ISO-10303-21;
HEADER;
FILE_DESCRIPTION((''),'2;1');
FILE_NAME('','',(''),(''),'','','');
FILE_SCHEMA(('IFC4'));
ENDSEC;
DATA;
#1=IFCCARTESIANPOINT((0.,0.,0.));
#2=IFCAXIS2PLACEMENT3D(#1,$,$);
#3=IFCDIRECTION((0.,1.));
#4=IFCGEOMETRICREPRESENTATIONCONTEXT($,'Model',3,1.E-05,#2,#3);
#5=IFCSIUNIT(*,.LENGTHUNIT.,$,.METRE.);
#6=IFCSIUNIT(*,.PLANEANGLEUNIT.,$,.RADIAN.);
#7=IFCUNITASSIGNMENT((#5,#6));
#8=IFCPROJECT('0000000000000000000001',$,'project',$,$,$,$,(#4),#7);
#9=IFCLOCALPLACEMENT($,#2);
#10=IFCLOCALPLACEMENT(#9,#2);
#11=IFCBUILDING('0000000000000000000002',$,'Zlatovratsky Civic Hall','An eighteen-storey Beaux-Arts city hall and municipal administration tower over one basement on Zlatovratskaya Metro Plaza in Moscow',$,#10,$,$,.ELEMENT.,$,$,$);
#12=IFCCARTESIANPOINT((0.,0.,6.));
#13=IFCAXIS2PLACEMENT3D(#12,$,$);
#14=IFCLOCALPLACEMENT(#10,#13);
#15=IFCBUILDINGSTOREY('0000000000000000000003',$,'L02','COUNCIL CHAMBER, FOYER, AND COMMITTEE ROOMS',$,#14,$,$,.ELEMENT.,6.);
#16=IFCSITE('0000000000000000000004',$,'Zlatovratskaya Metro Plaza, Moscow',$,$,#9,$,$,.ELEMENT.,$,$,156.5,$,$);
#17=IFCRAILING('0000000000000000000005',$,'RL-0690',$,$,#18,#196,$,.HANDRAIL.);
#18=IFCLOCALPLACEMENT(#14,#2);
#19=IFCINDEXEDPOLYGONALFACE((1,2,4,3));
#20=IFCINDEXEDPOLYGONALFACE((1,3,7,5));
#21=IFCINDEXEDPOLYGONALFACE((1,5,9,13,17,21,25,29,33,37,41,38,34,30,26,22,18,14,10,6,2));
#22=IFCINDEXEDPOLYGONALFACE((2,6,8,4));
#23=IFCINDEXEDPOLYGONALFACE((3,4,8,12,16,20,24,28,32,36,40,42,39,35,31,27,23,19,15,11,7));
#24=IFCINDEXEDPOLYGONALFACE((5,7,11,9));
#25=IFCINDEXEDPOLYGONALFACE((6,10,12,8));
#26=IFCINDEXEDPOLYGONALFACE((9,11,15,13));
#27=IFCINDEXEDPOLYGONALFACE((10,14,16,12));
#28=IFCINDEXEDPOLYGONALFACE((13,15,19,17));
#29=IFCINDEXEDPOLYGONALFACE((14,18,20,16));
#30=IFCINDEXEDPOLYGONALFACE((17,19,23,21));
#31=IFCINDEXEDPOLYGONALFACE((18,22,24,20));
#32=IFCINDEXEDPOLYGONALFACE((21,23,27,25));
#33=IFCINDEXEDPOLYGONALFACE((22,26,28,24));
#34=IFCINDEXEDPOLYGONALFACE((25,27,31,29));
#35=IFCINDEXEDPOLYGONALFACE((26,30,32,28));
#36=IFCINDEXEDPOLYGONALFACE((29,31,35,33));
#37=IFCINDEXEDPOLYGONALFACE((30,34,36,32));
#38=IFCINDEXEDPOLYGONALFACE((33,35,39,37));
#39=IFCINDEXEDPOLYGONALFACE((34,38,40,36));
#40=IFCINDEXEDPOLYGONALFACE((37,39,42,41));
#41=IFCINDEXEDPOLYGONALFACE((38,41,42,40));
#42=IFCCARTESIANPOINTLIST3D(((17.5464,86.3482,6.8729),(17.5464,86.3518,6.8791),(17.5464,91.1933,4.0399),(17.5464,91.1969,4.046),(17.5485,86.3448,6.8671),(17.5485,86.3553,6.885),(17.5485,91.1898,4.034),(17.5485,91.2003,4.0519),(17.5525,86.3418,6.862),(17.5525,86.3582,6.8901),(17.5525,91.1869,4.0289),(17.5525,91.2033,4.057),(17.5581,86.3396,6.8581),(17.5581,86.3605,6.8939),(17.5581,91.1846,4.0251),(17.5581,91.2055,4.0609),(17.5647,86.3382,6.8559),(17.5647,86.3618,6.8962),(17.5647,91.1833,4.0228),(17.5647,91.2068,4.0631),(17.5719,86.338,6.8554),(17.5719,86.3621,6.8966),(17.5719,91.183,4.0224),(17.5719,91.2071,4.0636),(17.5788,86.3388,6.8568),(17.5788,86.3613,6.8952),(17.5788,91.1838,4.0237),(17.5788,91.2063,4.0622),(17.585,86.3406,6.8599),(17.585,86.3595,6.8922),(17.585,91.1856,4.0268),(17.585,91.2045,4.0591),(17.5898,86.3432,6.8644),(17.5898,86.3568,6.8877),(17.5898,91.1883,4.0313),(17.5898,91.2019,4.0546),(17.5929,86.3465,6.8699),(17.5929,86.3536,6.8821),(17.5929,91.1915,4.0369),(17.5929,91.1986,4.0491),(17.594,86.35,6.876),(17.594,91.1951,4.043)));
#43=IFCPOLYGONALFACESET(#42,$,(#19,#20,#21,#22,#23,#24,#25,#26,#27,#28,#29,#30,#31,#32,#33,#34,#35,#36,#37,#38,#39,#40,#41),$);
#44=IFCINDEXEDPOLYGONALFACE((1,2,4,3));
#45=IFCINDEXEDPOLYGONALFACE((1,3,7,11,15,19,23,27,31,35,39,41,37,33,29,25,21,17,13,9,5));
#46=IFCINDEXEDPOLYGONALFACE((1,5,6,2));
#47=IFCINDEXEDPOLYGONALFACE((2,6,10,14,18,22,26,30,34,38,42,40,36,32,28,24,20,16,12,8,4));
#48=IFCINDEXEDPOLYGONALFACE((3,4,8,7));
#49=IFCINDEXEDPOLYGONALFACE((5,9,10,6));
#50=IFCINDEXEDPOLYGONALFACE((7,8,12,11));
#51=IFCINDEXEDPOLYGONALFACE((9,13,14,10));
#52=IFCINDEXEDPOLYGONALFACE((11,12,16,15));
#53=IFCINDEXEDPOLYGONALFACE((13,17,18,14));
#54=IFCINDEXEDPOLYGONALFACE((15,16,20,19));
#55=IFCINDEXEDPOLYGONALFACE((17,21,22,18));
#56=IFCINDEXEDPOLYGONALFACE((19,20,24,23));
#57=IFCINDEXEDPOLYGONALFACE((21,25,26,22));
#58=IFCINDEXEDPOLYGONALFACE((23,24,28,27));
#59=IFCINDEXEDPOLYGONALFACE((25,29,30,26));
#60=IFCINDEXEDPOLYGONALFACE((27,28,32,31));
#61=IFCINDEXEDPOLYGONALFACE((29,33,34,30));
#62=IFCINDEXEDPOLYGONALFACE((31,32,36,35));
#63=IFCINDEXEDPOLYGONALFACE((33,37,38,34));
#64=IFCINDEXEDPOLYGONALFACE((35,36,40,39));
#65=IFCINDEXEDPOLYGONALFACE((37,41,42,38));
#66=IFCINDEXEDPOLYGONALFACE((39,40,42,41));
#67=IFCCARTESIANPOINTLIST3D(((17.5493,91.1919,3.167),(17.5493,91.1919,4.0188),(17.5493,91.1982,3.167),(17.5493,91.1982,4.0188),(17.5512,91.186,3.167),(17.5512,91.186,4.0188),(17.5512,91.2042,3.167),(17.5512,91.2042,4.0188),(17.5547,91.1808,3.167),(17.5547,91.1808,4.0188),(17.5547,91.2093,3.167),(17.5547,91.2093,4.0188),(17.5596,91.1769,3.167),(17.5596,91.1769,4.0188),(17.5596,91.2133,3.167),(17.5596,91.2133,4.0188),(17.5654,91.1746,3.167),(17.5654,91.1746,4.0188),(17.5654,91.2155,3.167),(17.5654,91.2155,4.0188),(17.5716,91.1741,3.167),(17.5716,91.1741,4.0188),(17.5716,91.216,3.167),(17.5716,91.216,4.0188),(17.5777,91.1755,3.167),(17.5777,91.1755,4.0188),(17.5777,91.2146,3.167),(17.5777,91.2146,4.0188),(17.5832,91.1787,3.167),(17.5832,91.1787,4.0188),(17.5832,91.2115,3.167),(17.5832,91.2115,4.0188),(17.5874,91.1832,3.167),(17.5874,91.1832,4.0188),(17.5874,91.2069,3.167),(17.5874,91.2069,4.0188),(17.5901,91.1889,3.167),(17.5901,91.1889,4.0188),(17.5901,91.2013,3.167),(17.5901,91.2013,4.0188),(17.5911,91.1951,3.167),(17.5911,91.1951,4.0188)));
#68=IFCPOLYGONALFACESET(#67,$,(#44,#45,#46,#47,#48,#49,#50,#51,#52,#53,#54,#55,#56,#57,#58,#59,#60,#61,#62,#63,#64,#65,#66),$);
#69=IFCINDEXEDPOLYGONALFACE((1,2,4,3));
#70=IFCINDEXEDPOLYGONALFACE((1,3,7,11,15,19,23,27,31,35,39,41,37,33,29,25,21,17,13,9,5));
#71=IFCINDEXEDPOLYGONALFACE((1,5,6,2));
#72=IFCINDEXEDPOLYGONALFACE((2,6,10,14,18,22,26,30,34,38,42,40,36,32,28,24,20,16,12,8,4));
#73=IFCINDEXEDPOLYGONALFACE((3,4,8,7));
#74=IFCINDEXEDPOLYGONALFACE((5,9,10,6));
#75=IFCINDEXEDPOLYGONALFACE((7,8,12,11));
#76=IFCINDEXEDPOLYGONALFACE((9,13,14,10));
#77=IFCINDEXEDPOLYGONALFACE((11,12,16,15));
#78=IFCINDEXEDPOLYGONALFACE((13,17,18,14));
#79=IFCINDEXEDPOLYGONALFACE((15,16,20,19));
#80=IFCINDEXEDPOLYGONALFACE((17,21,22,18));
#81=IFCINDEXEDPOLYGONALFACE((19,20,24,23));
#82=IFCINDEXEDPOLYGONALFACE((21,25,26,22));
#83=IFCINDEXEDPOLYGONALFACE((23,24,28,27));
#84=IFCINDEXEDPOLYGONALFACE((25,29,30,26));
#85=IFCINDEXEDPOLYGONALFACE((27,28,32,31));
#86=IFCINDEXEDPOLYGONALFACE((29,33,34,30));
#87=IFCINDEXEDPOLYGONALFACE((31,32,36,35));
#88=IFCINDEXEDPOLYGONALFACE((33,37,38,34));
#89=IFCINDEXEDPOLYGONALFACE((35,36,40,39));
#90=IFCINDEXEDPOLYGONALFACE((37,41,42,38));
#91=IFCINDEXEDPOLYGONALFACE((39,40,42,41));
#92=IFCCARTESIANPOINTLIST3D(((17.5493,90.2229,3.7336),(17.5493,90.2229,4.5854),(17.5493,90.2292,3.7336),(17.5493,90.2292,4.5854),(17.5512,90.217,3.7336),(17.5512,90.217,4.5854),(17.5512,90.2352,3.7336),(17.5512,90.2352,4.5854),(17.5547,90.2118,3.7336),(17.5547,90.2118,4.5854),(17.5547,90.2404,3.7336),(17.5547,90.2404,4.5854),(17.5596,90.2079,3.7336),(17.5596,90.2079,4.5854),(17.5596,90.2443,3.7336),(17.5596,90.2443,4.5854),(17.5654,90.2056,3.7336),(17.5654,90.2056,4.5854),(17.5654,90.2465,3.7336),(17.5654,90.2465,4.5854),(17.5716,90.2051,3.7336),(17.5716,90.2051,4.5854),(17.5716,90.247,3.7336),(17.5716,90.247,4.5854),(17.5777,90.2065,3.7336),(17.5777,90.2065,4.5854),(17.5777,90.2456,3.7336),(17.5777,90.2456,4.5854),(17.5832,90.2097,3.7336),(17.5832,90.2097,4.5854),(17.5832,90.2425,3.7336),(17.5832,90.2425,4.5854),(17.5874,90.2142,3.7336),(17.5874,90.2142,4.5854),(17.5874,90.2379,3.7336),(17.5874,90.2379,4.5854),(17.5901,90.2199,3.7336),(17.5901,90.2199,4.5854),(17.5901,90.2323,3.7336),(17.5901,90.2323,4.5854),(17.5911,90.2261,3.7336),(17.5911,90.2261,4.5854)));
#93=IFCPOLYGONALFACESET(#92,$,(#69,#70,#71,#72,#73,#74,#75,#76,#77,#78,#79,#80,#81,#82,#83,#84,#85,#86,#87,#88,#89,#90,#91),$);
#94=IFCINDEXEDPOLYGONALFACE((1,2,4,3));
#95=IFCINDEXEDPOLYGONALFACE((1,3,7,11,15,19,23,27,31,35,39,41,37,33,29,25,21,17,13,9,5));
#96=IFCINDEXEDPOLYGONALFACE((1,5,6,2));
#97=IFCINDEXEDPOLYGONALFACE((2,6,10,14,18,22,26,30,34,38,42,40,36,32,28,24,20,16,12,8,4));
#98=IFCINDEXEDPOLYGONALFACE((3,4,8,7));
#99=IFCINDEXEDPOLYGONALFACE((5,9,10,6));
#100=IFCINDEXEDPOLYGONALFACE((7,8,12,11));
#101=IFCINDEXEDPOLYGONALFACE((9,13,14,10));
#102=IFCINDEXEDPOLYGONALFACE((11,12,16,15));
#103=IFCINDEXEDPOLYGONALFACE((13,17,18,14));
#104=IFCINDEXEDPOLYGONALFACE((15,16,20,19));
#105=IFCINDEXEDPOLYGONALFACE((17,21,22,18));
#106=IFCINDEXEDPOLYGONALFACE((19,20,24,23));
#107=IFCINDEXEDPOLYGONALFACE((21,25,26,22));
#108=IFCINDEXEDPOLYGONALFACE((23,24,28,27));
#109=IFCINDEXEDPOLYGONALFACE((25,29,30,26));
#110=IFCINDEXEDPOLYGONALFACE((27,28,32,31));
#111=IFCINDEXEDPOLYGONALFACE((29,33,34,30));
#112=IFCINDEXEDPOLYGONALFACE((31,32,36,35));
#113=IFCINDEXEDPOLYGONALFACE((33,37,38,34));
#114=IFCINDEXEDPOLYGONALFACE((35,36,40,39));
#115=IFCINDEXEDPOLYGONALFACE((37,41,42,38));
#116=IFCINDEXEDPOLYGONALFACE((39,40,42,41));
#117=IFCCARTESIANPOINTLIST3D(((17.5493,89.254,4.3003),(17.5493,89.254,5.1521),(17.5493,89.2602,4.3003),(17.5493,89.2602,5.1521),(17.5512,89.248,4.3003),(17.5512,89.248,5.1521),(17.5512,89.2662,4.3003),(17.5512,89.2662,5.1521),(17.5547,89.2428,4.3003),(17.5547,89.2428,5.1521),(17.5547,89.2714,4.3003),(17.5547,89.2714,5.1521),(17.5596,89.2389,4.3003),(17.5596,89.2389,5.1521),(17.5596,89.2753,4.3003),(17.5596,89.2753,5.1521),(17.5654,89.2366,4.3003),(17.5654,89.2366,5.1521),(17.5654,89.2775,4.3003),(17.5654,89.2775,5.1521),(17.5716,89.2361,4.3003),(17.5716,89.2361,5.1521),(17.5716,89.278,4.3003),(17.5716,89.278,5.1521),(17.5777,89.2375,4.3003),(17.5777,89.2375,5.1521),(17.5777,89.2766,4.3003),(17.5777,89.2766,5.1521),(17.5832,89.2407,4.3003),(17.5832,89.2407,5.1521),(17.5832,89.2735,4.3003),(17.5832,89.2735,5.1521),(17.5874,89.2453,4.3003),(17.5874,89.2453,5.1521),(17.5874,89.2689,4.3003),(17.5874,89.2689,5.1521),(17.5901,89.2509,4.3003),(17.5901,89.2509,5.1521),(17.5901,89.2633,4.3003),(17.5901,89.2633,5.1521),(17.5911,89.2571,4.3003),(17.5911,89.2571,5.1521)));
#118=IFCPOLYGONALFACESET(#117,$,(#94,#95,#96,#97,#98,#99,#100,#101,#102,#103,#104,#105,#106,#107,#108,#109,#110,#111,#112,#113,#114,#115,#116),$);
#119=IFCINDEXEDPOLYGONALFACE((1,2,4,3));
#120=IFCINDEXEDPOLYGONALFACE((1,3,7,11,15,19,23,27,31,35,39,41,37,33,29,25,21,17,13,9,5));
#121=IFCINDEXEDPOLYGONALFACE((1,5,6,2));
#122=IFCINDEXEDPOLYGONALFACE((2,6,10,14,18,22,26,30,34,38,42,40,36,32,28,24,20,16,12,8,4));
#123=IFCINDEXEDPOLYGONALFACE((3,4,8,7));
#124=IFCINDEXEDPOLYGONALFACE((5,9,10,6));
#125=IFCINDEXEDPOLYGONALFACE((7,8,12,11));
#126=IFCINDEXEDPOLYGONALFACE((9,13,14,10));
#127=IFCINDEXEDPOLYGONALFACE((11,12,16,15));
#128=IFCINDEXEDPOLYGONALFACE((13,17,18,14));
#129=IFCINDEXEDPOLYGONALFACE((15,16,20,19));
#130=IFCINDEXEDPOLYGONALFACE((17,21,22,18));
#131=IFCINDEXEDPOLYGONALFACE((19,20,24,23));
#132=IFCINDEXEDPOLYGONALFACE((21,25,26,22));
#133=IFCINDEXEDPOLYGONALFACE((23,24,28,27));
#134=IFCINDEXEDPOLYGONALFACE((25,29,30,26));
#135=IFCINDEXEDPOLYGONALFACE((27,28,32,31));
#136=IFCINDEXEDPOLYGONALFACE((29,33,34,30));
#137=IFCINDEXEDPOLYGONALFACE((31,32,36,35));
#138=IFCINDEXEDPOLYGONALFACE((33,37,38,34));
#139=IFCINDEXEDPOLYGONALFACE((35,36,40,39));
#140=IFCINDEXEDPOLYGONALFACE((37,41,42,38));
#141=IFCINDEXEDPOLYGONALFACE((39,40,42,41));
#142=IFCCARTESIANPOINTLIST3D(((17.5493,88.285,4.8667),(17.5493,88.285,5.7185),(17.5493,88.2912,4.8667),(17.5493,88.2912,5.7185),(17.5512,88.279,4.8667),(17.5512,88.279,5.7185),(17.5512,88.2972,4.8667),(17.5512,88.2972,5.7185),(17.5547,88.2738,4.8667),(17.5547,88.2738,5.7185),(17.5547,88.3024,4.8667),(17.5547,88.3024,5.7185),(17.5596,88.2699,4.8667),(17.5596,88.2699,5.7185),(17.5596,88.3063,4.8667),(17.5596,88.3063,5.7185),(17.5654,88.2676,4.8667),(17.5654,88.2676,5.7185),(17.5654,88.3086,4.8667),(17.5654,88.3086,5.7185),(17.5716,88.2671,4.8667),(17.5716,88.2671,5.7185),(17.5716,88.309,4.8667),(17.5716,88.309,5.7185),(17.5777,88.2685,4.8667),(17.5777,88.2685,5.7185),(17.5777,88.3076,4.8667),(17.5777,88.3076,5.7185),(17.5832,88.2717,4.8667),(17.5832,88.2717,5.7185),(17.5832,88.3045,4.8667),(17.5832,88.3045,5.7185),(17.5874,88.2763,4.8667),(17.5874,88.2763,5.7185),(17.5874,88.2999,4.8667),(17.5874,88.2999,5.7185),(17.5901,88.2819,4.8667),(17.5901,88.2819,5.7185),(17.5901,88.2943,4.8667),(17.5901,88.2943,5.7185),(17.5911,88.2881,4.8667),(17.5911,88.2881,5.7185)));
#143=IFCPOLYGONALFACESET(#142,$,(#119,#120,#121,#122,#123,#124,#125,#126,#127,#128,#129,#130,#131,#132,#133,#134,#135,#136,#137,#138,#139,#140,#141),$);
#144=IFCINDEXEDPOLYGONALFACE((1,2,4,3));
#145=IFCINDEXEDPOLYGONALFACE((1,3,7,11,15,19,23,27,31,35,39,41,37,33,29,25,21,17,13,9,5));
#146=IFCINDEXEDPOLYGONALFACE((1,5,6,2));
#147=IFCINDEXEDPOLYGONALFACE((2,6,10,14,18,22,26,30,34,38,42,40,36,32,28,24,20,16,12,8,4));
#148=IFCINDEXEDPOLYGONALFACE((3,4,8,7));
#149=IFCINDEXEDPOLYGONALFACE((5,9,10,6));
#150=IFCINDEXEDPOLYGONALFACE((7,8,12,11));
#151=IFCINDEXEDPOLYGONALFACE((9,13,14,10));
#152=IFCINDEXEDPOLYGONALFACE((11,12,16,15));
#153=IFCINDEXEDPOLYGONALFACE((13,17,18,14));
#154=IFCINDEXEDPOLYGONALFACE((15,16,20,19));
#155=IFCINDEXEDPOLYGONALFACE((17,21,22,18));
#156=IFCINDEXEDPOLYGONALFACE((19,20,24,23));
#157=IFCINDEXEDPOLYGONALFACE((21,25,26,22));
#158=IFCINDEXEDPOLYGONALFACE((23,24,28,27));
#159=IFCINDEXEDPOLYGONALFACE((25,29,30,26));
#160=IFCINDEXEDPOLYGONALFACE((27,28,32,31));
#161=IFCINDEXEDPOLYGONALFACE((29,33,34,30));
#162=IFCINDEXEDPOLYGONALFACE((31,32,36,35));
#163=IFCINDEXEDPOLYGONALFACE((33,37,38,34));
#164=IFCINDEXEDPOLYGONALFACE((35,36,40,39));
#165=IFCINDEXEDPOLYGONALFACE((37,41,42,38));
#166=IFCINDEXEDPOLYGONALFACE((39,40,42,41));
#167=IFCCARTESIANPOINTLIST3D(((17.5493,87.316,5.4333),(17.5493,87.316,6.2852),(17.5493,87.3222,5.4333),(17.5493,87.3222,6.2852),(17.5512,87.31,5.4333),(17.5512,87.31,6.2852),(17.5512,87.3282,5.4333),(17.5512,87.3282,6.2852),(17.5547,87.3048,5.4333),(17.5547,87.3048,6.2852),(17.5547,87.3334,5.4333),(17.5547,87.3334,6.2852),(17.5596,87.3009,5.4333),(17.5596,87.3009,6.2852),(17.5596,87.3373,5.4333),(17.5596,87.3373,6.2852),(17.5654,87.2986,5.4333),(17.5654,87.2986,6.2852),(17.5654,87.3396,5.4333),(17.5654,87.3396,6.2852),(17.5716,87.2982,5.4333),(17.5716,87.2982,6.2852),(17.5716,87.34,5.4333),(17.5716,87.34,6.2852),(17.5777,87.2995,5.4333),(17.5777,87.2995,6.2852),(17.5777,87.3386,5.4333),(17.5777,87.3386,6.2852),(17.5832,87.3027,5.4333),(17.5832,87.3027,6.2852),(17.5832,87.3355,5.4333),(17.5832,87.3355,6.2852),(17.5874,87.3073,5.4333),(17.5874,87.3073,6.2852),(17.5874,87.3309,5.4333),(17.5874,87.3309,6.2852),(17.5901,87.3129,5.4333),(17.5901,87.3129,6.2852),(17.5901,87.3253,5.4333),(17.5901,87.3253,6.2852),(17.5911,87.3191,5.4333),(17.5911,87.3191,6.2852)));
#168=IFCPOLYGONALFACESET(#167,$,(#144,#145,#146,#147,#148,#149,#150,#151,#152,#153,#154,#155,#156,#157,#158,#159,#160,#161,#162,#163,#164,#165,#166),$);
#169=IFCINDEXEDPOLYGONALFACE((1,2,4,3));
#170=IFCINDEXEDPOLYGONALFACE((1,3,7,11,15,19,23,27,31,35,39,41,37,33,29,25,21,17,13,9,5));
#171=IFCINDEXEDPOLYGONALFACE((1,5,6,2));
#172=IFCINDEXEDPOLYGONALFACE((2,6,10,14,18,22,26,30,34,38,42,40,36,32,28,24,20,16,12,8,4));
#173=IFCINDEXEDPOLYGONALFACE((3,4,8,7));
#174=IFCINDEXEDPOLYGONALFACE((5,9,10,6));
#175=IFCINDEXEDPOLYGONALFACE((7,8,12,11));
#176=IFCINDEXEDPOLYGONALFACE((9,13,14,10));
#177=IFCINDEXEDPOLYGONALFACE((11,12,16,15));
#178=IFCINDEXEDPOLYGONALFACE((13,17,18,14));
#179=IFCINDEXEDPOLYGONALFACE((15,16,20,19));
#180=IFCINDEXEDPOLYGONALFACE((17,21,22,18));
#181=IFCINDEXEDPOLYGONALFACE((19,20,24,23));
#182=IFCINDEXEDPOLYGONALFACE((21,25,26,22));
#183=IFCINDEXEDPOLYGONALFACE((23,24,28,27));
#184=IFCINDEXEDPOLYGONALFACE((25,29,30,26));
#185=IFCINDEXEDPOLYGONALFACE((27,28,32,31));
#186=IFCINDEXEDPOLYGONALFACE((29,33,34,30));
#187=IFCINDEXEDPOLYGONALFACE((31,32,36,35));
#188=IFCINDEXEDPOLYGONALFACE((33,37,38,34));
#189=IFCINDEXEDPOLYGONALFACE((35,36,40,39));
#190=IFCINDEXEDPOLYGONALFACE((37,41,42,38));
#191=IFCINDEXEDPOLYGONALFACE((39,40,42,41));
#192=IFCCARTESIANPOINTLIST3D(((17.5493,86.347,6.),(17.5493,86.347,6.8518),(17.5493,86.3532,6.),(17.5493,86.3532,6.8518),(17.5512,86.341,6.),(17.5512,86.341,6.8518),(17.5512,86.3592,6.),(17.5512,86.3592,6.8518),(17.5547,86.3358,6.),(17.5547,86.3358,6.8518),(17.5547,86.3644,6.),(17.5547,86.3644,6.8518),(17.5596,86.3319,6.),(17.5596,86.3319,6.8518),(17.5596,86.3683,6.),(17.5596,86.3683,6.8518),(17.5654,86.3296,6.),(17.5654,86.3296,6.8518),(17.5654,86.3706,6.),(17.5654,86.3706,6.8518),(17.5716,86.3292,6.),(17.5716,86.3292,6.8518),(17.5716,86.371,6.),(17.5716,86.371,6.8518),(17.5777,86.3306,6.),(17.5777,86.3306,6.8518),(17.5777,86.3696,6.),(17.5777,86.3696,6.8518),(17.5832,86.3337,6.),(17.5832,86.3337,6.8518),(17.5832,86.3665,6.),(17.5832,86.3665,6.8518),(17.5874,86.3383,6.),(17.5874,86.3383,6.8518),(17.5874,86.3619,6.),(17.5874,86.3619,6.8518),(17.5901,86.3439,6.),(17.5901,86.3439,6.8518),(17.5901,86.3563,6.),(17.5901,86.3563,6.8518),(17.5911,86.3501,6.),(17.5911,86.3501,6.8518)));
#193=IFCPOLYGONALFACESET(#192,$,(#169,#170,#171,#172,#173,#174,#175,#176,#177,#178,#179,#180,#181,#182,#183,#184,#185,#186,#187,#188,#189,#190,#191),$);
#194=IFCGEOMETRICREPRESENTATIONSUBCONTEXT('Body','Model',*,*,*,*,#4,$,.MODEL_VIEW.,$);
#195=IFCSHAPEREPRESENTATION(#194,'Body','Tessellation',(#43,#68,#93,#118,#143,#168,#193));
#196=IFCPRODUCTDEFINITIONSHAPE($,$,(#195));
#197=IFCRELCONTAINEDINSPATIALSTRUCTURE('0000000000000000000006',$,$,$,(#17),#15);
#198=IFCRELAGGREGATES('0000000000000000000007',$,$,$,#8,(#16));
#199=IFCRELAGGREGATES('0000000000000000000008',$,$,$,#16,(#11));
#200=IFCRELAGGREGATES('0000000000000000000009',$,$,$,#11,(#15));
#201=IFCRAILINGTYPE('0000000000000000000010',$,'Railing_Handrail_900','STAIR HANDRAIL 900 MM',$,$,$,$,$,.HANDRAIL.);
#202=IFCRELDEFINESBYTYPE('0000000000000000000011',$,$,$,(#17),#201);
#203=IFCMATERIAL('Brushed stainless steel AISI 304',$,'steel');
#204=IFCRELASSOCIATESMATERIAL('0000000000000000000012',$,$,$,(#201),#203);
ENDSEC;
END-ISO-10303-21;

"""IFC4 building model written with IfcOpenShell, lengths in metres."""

from ifc_helpers import new_model, si_unit, direction, frame, origin, origin_2d, place, context, subcontext, project, spatial, circle, extrude, material, type_object, element, save


model = new_model("IFC4")

# Units and contexts
model_context = context("Model", 3, precision=1e-05, world=origin(), true_north=direction((0.0, 1.0)))
body_context = subcontext(model_context, "Body", "Model", "MODEL_VIEW")
ifc_project = project(units=[si_unit("LENGTHUNIT", "METRE"), si_unit("PLANEANGLEUNIT", "RADIAN")], contexts=[model_context])

# Site, building, storey
site_placement = place(None, origin())
site = spatial("IfcSite", under=ifc_project, at=site_placement, Name="Zlatovratskaya Metro Plaza, Moscow", CompositionType="ELEMENT", RefElevation=156.5)
building_placement = place(site_placement, origin())
building = spatial("IfcBuilding", under=site, at=building_placement, Name="Zlatovratsky Civic Hall", Description="An eighteen-storey Beaux-Arts city hall and municipal administration tower over one basement on Zlatovratskaya Metro Plaza in Moscow", CompositionType="ELEMENT")
storey_placement = place(building_placement, frame((0.0, 0.0, 6.0)))
storey = spatial("IfcBuildingStorey", under=building, at=storey_placement, Name="L02", Description="COUNCIL CHAMBER, FOYER, AND COMMITTEE ROOMS", CompositionType="ELEMENT", Elevation=6.0)

# Railing
ifc_material_1 = material(Name="Brushed stainless steel AISI 304", Category="steel")
railing_type_1 = type_object("IfcRailingType", Name="Railing_Handrail_900", Description="STAIR HANDRAIL 900 MM", PredefinedType="HANDRAIL", material=ifc_material_1)
railing_1_placement = place(storey_placement, frame((17.5701, 91.1951, 3.167)))
element("IfcRailing", 1, at=railing_1_placement, inside=storey, type_object=railing_type_1, Name="RL-0690", PredefinedType="HANDRAIL", context=body_context, shape_type="SweptSolid", body=[
    extrude(circle(Radius=0.0239, at=origin_2d()), frame((0.0, 0.0, 0.876), z_axis=(0.0, -0.863253, 0.504771), x_axis=(1.0, 0.0, 0.0)), (0.0, 0.0, 1.0), 5.6125),
    extrude(circle(Radius=0.021, at=origin_2d()), origin(), (0.0, 0.0, 1.0), 0.8518),
    extrude(circle(Radius=0.021, at=origin_2d()), frame((0.0, -0.969, 0.5667)), (0.0, 0.0, 1.0), 0.8518),
    extrude(circle(Radius=0.021, at=origin_2d()), frame((0.0, -1.938, 1.1333)), (0.0, 0.0, 1.0), 0.8518),
    extrude(circle(Radius=0.021, at=origin_2d()), frame((0.0, -2.907, 1.6997)), (0.0, 0.0, 1.0), 0.8518),
    extrude(circle(Radius=0.021, at=origin_2d()), frame((0.0, -3.876, 2.2664)), (0.0, 0.0, 1.0), 0.8518),
    extrude(circle(Radius=0.021, at=origin_2d()), frame((0.0, -4.845, 2.833)), (0.0, 0.0, 1.0), 0.8518),
])

save(model, "model.ifc")
